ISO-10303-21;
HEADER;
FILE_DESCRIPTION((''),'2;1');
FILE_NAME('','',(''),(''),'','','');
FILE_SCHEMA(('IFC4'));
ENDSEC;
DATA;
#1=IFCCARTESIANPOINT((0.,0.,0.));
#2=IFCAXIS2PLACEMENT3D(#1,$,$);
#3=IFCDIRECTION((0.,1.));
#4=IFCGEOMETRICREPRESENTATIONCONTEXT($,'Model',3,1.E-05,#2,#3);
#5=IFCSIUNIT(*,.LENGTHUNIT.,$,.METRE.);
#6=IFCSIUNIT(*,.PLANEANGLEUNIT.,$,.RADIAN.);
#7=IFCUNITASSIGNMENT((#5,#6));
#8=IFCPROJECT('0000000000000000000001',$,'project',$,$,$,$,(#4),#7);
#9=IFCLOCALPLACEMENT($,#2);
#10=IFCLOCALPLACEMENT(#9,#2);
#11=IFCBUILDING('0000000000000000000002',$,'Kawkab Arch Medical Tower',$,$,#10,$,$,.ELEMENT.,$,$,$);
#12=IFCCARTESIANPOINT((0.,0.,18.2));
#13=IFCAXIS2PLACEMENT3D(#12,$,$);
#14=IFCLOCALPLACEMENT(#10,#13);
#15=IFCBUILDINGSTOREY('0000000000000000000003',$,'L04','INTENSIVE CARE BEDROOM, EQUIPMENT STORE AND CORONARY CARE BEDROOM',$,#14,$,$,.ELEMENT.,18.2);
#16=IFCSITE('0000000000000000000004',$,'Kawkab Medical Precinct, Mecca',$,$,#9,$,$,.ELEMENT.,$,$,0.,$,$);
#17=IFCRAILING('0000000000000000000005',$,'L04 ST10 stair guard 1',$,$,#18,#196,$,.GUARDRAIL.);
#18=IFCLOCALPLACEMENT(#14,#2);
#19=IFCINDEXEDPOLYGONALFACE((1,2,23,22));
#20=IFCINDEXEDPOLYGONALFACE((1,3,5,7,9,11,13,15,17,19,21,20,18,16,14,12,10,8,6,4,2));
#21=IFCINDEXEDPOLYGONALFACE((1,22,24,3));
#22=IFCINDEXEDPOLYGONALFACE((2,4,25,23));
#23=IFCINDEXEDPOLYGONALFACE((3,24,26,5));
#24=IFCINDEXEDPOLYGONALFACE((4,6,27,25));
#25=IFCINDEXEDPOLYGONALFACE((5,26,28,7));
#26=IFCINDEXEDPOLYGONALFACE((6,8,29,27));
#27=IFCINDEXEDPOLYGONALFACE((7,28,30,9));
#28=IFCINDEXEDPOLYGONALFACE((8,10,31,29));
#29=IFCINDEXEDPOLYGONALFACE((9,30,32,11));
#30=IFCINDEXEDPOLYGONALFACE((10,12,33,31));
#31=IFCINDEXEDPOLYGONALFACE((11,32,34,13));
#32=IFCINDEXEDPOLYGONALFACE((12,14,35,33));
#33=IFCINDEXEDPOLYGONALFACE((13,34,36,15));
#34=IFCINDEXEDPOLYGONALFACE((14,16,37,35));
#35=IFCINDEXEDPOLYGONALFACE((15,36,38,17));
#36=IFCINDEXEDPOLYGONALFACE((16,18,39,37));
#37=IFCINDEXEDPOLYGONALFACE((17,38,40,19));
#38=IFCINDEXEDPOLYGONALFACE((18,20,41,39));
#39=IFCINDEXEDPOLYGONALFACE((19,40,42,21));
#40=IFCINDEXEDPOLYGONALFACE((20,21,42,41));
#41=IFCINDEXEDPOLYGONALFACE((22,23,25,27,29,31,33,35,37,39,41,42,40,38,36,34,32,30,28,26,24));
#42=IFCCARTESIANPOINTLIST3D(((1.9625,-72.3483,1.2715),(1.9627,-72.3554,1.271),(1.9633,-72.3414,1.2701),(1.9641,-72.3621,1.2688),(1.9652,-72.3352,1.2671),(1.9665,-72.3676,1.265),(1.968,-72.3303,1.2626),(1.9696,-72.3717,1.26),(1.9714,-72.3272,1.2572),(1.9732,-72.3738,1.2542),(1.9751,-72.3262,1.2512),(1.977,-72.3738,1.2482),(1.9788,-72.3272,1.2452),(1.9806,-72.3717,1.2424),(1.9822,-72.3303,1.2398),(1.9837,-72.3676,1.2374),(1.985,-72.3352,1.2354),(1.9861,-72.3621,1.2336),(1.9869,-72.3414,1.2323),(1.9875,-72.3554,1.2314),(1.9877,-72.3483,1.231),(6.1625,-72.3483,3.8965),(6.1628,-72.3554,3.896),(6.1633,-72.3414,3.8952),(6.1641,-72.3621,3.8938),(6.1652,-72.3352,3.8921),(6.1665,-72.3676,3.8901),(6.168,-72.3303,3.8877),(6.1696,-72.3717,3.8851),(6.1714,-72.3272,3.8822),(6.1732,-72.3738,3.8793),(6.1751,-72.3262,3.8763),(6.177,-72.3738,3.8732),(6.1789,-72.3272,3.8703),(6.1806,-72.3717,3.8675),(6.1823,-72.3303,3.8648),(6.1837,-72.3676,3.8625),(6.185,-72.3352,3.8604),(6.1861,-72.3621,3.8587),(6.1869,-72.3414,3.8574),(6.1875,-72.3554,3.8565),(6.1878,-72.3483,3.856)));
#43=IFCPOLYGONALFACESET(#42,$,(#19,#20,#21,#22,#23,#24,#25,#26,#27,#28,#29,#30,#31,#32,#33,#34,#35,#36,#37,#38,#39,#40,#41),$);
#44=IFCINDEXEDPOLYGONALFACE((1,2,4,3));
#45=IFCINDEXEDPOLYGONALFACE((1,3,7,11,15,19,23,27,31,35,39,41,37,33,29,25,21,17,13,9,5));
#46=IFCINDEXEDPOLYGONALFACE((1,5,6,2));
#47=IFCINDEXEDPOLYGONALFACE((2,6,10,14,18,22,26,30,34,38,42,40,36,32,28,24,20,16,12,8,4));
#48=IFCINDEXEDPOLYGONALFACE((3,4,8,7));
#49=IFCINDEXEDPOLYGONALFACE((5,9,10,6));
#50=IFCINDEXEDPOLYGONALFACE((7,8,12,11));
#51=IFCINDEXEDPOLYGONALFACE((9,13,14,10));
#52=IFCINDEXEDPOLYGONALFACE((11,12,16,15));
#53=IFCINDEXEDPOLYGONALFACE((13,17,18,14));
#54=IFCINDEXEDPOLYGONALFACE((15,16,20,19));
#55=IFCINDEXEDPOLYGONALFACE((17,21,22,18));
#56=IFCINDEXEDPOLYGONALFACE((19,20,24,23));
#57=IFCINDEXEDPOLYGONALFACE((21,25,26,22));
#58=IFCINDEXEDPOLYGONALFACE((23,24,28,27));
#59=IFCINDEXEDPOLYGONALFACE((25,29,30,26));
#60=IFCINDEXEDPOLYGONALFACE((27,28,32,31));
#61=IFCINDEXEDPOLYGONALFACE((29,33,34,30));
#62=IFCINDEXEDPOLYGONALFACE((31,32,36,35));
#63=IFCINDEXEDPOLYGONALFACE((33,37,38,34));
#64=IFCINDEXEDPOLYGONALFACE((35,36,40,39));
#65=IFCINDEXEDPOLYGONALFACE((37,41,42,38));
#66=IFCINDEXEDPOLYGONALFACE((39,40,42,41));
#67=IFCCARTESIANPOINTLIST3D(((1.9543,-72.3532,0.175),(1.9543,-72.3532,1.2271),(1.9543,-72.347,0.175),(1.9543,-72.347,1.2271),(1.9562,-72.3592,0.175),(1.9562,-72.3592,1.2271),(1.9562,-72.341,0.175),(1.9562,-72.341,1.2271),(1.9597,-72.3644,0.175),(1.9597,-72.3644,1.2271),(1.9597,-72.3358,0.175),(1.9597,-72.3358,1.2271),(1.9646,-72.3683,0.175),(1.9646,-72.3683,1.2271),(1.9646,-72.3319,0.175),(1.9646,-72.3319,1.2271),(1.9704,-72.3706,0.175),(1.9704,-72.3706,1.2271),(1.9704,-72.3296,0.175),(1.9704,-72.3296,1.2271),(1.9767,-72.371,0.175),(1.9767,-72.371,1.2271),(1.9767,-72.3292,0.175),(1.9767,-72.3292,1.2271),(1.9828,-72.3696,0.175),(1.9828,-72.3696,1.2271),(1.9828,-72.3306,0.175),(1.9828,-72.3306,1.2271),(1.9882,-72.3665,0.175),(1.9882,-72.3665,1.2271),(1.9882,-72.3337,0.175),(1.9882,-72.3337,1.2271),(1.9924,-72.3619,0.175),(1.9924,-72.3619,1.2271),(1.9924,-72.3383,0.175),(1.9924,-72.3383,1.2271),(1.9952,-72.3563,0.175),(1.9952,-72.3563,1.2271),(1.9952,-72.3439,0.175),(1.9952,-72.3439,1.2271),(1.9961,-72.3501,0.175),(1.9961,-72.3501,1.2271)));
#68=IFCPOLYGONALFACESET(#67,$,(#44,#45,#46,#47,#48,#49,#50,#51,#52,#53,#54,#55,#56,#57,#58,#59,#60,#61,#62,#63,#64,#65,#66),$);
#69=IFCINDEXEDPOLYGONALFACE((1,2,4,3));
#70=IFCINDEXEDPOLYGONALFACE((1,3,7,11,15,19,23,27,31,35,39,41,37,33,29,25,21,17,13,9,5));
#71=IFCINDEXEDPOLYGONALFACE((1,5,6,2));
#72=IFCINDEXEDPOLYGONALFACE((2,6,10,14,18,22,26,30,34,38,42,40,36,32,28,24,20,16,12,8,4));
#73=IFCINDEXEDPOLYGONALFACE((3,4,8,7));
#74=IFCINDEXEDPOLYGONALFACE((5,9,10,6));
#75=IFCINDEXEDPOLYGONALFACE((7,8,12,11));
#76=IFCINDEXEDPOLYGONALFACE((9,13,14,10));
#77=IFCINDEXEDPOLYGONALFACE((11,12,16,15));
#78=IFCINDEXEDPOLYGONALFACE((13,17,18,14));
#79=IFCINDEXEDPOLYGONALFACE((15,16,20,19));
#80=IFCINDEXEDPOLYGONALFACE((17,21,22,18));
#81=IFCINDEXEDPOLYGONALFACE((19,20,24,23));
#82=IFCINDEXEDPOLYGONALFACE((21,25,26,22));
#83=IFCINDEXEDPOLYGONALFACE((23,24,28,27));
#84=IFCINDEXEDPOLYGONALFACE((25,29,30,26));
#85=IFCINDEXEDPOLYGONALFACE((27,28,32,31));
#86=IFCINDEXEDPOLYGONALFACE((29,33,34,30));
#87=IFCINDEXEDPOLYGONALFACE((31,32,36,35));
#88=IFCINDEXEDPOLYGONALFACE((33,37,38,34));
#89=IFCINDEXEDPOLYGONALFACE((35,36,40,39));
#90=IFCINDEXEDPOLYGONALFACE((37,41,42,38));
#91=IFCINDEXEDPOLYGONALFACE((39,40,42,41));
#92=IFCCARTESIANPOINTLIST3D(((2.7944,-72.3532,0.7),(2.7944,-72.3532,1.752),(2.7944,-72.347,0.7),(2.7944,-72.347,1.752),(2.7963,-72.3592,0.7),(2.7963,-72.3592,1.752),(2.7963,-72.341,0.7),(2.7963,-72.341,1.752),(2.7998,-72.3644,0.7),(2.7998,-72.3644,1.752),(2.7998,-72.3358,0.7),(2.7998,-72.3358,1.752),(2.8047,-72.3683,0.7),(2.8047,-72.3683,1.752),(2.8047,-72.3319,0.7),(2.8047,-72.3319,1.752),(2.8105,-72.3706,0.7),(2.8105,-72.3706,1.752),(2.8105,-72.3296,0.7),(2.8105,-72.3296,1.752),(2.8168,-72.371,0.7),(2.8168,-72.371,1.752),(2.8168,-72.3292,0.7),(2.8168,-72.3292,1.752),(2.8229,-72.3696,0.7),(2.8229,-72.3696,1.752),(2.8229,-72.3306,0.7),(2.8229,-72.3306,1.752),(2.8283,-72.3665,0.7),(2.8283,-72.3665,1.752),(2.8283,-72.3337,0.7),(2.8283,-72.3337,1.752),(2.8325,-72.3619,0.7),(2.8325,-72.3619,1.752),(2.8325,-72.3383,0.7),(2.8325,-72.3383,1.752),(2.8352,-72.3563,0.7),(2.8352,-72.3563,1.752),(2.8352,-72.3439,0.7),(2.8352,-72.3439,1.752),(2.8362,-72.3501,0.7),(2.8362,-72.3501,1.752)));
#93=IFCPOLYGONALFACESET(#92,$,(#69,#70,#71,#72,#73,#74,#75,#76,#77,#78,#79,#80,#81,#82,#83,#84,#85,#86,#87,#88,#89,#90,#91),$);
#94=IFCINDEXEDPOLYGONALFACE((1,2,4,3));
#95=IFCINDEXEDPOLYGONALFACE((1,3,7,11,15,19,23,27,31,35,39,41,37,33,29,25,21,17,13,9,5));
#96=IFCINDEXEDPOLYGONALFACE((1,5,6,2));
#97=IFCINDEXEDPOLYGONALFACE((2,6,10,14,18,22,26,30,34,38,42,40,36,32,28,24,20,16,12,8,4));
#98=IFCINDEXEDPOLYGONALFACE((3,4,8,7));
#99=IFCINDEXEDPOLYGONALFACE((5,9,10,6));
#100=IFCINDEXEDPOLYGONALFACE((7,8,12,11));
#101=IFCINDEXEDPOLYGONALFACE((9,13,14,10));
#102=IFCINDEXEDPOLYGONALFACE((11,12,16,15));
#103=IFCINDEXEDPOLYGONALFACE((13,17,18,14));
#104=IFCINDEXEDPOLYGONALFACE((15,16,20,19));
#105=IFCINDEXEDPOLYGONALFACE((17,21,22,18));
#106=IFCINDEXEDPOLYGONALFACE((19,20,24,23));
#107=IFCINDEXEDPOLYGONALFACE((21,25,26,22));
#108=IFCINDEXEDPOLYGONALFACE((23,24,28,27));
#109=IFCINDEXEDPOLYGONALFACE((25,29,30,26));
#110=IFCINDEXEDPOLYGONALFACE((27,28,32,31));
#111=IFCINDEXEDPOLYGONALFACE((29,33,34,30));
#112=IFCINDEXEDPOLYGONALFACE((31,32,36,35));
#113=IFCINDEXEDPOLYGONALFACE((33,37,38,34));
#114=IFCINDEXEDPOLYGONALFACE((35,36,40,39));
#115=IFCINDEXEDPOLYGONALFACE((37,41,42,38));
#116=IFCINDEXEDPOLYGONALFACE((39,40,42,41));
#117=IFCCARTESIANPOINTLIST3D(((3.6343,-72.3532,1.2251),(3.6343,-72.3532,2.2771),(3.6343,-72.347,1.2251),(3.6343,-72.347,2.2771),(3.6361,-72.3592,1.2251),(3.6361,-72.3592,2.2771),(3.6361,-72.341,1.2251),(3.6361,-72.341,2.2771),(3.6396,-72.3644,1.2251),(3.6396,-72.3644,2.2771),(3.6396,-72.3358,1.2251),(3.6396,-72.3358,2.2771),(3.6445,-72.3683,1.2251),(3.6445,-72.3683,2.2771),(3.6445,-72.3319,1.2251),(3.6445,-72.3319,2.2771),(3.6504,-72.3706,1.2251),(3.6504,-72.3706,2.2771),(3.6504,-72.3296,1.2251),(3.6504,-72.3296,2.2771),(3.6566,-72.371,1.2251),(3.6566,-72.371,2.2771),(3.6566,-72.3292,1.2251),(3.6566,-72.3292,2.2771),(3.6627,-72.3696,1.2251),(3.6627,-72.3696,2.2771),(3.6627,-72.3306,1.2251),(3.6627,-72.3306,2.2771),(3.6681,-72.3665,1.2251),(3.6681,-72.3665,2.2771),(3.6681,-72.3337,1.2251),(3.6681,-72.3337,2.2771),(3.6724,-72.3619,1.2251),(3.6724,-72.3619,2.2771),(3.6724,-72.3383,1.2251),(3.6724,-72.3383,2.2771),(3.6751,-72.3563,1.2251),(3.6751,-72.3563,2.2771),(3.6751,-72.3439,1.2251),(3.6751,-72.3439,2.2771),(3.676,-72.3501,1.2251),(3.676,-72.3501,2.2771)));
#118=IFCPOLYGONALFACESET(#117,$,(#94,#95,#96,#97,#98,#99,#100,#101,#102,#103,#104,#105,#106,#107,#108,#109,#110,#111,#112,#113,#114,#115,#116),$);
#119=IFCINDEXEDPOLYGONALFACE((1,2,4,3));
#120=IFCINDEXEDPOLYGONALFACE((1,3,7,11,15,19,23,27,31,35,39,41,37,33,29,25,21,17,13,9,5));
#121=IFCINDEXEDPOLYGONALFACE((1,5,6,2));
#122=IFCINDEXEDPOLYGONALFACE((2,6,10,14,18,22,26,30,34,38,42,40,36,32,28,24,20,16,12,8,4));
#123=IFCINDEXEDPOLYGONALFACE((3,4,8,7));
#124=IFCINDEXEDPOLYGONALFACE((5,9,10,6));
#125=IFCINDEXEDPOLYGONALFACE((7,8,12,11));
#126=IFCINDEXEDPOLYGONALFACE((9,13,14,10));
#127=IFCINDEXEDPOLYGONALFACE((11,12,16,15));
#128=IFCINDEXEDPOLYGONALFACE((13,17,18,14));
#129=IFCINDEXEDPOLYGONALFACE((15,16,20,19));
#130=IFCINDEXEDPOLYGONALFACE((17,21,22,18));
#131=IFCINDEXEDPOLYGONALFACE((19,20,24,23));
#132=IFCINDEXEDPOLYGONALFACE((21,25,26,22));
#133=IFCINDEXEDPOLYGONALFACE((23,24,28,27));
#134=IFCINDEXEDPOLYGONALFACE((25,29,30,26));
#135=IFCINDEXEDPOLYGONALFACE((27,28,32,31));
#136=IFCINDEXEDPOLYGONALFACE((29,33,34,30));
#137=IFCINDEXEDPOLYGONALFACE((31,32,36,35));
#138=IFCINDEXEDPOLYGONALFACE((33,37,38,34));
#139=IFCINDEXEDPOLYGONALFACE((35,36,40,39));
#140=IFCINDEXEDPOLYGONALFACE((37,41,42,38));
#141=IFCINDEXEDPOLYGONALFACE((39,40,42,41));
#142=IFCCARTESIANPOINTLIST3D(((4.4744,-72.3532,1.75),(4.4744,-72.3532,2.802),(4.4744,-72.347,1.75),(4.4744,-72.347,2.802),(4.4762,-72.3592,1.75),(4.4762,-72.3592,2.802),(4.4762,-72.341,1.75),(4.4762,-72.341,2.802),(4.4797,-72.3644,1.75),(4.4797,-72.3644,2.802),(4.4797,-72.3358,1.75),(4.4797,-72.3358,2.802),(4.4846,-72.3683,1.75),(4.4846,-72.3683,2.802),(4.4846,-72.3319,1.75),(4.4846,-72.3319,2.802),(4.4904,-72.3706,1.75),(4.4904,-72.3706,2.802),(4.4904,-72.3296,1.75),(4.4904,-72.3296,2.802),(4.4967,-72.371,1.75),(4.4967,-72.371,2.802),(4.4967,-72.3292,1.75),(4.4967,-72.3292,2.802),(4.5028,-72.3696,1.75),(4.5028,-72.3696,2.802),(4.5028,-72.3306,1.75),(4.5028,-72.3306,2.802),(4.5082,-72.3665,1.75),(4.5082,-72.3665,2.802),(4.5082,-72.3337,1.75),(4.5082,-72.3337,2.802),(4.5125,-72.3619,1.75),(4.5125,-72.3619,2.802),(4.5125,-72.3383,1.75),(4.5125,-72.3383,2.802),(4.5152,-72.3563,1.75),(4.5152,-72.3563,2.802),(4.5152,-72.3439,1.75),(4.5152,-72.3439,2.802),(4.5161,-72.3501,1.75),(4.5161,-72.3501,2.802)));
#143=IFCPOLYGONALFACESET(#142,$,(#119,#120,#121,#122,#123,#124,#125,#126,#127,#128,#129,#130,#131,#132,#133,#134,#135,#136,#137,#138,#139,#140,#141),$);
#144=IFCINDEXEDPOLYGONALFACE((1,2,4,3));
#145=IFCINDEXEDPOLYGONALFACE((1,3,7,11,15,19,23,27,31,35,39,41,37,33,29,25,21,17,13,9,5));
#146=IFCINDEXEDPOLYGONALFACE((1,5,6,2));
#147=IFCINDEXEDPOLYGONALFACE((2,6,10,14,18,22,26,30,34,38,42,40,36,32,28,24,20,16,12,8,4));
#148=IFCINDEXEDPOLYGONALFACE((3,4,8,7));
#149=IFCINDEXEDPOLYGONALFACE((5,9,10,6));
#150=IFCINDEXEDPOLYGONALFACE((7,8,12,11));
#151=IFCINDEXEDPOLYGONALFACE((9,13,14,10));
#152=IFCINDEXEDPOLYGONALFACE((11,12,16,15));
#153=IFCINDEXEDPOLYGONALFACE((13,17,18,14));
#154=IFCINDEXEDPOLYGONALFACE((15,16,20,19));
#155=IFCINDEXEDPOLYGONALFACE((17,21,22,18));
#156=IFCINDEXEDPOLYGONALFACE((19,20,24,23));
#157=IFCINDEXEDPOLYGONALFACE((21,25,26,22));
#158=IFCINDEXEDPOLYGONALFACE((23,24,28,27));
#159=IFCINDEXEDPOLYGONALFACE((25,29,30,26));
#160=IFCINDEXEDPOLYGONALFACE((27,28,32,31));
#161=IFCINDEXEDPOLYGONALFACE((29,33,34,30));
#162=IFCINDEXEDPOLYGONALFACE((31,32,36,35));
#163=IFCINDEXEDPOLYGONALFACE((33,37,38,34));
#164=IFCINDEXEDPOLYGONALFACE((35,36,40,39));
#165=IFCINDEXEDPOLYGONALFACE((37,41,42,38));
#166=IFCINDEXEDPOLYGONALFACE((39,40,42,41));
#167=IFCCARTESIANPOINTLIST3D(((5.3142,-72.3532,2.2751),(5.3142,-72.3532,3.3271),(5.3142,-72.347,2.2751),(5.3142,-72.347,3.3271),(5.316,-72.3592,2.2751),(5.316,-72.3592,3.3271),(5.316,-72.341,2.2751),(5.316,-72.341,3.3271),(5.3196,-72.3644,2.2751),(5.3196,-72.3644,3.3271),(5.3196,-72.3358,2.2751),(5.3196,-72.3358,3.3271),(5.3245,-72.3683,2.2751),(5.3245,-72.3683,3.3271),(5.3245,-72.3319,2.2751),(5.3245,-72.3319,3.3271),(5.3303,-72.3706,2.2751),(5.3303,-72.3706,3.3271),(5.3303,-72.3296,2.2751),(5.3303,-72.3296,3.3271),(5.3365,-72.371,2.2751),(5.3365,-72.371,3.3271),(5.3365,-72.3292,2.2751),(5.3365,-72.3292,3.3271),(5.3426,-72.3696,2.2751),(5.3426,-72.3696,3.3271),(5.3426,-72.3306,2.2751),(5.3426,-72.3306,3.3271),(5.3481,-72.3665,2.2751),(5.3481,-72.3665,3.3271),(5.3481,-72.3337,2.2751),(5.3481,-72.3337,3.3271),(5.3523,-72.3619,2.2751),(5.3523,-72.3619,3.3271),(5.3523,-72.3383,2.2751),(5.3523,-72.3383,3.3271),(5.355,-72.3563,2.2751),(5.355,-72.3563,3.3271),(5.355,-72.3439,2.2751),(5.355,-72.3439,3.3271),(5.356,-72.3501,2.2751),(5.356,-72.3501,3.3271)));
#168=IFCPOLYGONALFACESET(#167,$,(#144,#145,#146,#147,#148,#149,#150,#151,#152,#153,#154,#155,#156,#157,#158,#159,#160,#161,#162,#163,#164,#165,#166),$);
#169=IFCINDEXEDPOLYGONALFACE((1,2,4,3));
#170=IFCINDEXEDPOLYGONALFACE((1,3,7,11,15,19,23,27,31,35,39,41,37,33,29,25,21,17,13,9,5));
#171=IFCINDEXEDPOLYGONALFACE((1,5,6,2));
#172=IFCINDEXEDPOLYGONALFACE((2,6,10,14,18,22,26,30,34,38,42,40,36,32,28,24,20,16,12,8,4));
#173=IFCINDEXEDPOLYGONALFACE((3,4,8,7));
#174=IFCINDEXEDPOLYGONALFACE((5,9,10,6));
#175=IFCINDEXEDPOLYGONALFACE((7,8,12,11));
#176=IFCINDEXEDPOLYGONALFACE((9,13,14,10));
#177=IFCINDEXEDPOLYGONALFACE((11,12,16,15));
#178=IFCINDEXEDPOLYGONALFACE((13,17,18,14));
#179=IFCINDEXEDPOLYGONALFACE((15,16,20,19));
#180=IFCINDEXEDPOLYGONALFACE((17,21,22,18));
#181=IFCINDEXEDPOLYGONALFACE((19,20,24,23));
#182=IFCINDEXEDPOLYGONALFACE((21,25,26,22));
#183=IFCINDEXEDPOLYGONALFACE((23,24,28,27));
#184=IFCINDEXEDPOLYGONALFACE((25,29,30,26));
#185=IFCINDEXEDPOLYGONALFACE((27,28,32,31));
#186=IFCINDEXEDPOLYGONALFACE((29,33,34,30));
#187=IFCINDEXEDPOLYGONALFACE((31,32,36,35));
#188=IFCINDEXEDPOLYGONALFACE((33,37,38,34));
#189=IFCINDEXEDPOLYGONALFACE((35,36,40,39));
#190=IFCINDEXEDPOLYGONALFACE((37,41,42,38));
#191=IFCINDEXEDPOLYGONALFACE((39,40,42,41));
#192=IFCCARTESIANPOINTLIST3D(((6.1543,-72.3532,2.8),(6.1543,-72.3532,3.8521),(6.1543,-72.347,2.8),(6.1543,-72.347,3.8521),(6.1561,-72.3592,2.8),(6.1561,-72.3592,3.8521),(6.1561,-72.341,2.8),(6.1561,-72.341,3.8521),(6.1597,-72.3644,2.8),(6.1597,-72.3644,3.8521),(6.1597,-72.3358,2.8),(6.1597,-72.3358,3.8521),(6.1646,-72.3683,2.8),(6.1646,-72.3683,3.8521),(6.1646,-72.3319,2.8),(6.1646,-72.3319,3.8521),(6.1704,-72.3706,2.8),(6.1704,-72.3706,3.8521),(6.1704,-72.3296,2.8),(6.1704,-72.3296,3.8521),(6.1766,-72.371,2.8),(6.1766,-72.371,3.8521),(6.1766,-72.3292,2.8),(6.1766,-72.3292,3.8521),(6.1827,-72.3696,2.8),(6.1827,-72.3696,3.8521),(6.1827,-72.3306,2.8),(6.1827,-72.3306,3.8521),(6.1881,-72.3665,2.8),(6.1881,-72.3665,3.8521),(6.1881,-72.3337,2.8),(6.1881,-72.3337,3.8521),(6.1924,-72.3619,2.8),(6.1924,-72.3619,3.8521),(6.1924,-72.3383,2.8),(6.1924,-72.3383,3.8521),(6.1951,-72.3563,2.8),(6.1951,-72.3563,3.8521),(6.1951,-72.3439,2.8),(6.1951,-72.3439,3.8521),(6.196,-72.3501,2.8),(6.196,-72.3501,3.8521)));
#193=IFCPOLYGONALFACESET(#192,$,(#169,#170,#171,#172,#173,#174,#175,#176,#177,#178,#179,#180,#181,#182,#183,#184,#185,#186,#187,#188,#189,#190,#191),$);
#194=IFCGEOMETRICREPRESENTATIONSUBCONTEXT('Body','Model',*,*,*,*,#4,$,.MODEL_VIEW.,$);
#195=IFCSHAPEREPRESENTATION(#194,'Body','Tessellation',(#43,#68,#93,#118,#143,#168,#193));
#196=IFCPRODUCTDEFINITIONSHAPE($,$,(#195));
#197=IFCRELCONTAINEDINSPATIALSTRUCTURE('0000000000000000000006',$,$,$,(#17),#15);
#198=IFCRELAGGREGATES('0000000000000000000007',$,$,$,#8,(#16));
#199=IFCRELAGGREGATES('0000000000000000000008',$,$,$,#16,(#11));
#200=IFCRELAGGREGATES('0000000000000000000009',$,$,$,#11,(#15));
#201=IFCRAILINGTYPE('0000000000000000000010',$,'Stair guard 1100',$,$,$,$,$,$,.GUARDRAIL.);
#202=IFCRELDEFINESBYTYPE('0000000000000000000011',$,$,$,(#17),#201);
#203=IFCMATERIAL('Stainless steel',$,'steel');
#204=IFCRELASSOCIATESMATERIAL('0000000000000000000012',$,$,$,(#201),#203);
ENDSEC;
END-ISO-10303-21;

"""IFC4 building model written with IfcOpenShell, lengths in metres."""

from ifc_helpers import new_model, si_unit, direction, frame, origin, origin_2d, place, context, subcontext, project, spatial, circle, extrude, material, type_object, element, save


model = new_model("IFC4")

# Units and contexts
model_context = context("Model", 3, precision=1e-05, world=origin(), true_north=direction((0.0, 1.0)))
body_context = subcontext(model_context, "Body", "Model", "MODEL_VIEW")
ifc_project = project(units=[si_unit("LENGTHUNIT", "METRE"), si_unit("PLANEANGLEUNIT", "RADIAN")], contexts=[model_context])

# Site, building, storey
site_placement = place(None, origin())
site = spatial("IfcSite", under=ifc_project, at=site_placement, Name="Kawkab Medical Precinct, Mecca", CompositionType="ELEMENT", RefElevation=0.0)
building_placement = place(site_placement, origin())
building = spatial("IfcBuilding", under=site, at=building_placement, Name="Kawkab Arch Medical Tower", CompositionType="ELEMENT")
storey_placement = place(building_placement, frame((0.0, 0.0, 18.2)))
storey = spatial("IfcBuildingStorey", under=building, at=storey_placement, Name="L04", Description="INTENSIVE CARE BEDROOM, EQUIPMENT STORE AND CORONARY CARE BEDROOM", CompositionType="ELEMENT", Elevation=18.2)

# Railing
ifc_material_1 = material(Name="Stainless steel", Category="steel")
railing_type = type_object("IfcRailingType", Name="Stair guard 1100", PredefinedType="GUARDRAIL", material=ifc_material_1)
railing_1_placement = place(storey_placement, frame((1.9751, -72.3501, 0.175)))
element("IfcRailing", 1, at=railing_1_placement, inside=storey, type_object=railing_type, Name="L04 ST10 stair guard 1", PredefinedType="GUARDRAIL", context=body_context, shape_type="SweptSolid", body=[
    extrude(circle(Radius=0.0239, at=origin_2d()), frame((0.0, 0.0, 1.0762), z_axis=(0.847996, 0.0, 0.530003), x_axis=(0.0, 1.0, 0.0)), (0.0, 0.0, 1.0), 4.9529),
    extrude(circle(Radius=0.021, at=origin_2d()), origin(), (0.0, 0.0, 1.0), 1.052),
    extrude(circle(Radius=0.021, at=origin_2d()), frame((0.8401, 0.0, 0.5249)), (0.0, 0.0, 1.0), 1.052),
    extrude(circle(Radius=0.021, at=origin_2d()), frame((1.6799, 0.0, 1.05)), (0.0, 0.0, 1.0), 1.052),
    extrude(circle(Radius=0.021, at=origin_2d()), frame((2.52, 0.0, 1.575)), (0.0, 0.0, 1.0), 1.052),
    extrude(circle(Radius=0.021, at=origin_2d()), frame((3.3599, 0.0, 2.1001)), (0.0, 0.0, 1.0), 1.052),
    extrude(circle(Radius=0.021, at=origin_2d()), frame((4.2, 0.0, 2.625)), (0.0, 0.0, 1.0), 1.052),
])

save(model, "model.ifc")
